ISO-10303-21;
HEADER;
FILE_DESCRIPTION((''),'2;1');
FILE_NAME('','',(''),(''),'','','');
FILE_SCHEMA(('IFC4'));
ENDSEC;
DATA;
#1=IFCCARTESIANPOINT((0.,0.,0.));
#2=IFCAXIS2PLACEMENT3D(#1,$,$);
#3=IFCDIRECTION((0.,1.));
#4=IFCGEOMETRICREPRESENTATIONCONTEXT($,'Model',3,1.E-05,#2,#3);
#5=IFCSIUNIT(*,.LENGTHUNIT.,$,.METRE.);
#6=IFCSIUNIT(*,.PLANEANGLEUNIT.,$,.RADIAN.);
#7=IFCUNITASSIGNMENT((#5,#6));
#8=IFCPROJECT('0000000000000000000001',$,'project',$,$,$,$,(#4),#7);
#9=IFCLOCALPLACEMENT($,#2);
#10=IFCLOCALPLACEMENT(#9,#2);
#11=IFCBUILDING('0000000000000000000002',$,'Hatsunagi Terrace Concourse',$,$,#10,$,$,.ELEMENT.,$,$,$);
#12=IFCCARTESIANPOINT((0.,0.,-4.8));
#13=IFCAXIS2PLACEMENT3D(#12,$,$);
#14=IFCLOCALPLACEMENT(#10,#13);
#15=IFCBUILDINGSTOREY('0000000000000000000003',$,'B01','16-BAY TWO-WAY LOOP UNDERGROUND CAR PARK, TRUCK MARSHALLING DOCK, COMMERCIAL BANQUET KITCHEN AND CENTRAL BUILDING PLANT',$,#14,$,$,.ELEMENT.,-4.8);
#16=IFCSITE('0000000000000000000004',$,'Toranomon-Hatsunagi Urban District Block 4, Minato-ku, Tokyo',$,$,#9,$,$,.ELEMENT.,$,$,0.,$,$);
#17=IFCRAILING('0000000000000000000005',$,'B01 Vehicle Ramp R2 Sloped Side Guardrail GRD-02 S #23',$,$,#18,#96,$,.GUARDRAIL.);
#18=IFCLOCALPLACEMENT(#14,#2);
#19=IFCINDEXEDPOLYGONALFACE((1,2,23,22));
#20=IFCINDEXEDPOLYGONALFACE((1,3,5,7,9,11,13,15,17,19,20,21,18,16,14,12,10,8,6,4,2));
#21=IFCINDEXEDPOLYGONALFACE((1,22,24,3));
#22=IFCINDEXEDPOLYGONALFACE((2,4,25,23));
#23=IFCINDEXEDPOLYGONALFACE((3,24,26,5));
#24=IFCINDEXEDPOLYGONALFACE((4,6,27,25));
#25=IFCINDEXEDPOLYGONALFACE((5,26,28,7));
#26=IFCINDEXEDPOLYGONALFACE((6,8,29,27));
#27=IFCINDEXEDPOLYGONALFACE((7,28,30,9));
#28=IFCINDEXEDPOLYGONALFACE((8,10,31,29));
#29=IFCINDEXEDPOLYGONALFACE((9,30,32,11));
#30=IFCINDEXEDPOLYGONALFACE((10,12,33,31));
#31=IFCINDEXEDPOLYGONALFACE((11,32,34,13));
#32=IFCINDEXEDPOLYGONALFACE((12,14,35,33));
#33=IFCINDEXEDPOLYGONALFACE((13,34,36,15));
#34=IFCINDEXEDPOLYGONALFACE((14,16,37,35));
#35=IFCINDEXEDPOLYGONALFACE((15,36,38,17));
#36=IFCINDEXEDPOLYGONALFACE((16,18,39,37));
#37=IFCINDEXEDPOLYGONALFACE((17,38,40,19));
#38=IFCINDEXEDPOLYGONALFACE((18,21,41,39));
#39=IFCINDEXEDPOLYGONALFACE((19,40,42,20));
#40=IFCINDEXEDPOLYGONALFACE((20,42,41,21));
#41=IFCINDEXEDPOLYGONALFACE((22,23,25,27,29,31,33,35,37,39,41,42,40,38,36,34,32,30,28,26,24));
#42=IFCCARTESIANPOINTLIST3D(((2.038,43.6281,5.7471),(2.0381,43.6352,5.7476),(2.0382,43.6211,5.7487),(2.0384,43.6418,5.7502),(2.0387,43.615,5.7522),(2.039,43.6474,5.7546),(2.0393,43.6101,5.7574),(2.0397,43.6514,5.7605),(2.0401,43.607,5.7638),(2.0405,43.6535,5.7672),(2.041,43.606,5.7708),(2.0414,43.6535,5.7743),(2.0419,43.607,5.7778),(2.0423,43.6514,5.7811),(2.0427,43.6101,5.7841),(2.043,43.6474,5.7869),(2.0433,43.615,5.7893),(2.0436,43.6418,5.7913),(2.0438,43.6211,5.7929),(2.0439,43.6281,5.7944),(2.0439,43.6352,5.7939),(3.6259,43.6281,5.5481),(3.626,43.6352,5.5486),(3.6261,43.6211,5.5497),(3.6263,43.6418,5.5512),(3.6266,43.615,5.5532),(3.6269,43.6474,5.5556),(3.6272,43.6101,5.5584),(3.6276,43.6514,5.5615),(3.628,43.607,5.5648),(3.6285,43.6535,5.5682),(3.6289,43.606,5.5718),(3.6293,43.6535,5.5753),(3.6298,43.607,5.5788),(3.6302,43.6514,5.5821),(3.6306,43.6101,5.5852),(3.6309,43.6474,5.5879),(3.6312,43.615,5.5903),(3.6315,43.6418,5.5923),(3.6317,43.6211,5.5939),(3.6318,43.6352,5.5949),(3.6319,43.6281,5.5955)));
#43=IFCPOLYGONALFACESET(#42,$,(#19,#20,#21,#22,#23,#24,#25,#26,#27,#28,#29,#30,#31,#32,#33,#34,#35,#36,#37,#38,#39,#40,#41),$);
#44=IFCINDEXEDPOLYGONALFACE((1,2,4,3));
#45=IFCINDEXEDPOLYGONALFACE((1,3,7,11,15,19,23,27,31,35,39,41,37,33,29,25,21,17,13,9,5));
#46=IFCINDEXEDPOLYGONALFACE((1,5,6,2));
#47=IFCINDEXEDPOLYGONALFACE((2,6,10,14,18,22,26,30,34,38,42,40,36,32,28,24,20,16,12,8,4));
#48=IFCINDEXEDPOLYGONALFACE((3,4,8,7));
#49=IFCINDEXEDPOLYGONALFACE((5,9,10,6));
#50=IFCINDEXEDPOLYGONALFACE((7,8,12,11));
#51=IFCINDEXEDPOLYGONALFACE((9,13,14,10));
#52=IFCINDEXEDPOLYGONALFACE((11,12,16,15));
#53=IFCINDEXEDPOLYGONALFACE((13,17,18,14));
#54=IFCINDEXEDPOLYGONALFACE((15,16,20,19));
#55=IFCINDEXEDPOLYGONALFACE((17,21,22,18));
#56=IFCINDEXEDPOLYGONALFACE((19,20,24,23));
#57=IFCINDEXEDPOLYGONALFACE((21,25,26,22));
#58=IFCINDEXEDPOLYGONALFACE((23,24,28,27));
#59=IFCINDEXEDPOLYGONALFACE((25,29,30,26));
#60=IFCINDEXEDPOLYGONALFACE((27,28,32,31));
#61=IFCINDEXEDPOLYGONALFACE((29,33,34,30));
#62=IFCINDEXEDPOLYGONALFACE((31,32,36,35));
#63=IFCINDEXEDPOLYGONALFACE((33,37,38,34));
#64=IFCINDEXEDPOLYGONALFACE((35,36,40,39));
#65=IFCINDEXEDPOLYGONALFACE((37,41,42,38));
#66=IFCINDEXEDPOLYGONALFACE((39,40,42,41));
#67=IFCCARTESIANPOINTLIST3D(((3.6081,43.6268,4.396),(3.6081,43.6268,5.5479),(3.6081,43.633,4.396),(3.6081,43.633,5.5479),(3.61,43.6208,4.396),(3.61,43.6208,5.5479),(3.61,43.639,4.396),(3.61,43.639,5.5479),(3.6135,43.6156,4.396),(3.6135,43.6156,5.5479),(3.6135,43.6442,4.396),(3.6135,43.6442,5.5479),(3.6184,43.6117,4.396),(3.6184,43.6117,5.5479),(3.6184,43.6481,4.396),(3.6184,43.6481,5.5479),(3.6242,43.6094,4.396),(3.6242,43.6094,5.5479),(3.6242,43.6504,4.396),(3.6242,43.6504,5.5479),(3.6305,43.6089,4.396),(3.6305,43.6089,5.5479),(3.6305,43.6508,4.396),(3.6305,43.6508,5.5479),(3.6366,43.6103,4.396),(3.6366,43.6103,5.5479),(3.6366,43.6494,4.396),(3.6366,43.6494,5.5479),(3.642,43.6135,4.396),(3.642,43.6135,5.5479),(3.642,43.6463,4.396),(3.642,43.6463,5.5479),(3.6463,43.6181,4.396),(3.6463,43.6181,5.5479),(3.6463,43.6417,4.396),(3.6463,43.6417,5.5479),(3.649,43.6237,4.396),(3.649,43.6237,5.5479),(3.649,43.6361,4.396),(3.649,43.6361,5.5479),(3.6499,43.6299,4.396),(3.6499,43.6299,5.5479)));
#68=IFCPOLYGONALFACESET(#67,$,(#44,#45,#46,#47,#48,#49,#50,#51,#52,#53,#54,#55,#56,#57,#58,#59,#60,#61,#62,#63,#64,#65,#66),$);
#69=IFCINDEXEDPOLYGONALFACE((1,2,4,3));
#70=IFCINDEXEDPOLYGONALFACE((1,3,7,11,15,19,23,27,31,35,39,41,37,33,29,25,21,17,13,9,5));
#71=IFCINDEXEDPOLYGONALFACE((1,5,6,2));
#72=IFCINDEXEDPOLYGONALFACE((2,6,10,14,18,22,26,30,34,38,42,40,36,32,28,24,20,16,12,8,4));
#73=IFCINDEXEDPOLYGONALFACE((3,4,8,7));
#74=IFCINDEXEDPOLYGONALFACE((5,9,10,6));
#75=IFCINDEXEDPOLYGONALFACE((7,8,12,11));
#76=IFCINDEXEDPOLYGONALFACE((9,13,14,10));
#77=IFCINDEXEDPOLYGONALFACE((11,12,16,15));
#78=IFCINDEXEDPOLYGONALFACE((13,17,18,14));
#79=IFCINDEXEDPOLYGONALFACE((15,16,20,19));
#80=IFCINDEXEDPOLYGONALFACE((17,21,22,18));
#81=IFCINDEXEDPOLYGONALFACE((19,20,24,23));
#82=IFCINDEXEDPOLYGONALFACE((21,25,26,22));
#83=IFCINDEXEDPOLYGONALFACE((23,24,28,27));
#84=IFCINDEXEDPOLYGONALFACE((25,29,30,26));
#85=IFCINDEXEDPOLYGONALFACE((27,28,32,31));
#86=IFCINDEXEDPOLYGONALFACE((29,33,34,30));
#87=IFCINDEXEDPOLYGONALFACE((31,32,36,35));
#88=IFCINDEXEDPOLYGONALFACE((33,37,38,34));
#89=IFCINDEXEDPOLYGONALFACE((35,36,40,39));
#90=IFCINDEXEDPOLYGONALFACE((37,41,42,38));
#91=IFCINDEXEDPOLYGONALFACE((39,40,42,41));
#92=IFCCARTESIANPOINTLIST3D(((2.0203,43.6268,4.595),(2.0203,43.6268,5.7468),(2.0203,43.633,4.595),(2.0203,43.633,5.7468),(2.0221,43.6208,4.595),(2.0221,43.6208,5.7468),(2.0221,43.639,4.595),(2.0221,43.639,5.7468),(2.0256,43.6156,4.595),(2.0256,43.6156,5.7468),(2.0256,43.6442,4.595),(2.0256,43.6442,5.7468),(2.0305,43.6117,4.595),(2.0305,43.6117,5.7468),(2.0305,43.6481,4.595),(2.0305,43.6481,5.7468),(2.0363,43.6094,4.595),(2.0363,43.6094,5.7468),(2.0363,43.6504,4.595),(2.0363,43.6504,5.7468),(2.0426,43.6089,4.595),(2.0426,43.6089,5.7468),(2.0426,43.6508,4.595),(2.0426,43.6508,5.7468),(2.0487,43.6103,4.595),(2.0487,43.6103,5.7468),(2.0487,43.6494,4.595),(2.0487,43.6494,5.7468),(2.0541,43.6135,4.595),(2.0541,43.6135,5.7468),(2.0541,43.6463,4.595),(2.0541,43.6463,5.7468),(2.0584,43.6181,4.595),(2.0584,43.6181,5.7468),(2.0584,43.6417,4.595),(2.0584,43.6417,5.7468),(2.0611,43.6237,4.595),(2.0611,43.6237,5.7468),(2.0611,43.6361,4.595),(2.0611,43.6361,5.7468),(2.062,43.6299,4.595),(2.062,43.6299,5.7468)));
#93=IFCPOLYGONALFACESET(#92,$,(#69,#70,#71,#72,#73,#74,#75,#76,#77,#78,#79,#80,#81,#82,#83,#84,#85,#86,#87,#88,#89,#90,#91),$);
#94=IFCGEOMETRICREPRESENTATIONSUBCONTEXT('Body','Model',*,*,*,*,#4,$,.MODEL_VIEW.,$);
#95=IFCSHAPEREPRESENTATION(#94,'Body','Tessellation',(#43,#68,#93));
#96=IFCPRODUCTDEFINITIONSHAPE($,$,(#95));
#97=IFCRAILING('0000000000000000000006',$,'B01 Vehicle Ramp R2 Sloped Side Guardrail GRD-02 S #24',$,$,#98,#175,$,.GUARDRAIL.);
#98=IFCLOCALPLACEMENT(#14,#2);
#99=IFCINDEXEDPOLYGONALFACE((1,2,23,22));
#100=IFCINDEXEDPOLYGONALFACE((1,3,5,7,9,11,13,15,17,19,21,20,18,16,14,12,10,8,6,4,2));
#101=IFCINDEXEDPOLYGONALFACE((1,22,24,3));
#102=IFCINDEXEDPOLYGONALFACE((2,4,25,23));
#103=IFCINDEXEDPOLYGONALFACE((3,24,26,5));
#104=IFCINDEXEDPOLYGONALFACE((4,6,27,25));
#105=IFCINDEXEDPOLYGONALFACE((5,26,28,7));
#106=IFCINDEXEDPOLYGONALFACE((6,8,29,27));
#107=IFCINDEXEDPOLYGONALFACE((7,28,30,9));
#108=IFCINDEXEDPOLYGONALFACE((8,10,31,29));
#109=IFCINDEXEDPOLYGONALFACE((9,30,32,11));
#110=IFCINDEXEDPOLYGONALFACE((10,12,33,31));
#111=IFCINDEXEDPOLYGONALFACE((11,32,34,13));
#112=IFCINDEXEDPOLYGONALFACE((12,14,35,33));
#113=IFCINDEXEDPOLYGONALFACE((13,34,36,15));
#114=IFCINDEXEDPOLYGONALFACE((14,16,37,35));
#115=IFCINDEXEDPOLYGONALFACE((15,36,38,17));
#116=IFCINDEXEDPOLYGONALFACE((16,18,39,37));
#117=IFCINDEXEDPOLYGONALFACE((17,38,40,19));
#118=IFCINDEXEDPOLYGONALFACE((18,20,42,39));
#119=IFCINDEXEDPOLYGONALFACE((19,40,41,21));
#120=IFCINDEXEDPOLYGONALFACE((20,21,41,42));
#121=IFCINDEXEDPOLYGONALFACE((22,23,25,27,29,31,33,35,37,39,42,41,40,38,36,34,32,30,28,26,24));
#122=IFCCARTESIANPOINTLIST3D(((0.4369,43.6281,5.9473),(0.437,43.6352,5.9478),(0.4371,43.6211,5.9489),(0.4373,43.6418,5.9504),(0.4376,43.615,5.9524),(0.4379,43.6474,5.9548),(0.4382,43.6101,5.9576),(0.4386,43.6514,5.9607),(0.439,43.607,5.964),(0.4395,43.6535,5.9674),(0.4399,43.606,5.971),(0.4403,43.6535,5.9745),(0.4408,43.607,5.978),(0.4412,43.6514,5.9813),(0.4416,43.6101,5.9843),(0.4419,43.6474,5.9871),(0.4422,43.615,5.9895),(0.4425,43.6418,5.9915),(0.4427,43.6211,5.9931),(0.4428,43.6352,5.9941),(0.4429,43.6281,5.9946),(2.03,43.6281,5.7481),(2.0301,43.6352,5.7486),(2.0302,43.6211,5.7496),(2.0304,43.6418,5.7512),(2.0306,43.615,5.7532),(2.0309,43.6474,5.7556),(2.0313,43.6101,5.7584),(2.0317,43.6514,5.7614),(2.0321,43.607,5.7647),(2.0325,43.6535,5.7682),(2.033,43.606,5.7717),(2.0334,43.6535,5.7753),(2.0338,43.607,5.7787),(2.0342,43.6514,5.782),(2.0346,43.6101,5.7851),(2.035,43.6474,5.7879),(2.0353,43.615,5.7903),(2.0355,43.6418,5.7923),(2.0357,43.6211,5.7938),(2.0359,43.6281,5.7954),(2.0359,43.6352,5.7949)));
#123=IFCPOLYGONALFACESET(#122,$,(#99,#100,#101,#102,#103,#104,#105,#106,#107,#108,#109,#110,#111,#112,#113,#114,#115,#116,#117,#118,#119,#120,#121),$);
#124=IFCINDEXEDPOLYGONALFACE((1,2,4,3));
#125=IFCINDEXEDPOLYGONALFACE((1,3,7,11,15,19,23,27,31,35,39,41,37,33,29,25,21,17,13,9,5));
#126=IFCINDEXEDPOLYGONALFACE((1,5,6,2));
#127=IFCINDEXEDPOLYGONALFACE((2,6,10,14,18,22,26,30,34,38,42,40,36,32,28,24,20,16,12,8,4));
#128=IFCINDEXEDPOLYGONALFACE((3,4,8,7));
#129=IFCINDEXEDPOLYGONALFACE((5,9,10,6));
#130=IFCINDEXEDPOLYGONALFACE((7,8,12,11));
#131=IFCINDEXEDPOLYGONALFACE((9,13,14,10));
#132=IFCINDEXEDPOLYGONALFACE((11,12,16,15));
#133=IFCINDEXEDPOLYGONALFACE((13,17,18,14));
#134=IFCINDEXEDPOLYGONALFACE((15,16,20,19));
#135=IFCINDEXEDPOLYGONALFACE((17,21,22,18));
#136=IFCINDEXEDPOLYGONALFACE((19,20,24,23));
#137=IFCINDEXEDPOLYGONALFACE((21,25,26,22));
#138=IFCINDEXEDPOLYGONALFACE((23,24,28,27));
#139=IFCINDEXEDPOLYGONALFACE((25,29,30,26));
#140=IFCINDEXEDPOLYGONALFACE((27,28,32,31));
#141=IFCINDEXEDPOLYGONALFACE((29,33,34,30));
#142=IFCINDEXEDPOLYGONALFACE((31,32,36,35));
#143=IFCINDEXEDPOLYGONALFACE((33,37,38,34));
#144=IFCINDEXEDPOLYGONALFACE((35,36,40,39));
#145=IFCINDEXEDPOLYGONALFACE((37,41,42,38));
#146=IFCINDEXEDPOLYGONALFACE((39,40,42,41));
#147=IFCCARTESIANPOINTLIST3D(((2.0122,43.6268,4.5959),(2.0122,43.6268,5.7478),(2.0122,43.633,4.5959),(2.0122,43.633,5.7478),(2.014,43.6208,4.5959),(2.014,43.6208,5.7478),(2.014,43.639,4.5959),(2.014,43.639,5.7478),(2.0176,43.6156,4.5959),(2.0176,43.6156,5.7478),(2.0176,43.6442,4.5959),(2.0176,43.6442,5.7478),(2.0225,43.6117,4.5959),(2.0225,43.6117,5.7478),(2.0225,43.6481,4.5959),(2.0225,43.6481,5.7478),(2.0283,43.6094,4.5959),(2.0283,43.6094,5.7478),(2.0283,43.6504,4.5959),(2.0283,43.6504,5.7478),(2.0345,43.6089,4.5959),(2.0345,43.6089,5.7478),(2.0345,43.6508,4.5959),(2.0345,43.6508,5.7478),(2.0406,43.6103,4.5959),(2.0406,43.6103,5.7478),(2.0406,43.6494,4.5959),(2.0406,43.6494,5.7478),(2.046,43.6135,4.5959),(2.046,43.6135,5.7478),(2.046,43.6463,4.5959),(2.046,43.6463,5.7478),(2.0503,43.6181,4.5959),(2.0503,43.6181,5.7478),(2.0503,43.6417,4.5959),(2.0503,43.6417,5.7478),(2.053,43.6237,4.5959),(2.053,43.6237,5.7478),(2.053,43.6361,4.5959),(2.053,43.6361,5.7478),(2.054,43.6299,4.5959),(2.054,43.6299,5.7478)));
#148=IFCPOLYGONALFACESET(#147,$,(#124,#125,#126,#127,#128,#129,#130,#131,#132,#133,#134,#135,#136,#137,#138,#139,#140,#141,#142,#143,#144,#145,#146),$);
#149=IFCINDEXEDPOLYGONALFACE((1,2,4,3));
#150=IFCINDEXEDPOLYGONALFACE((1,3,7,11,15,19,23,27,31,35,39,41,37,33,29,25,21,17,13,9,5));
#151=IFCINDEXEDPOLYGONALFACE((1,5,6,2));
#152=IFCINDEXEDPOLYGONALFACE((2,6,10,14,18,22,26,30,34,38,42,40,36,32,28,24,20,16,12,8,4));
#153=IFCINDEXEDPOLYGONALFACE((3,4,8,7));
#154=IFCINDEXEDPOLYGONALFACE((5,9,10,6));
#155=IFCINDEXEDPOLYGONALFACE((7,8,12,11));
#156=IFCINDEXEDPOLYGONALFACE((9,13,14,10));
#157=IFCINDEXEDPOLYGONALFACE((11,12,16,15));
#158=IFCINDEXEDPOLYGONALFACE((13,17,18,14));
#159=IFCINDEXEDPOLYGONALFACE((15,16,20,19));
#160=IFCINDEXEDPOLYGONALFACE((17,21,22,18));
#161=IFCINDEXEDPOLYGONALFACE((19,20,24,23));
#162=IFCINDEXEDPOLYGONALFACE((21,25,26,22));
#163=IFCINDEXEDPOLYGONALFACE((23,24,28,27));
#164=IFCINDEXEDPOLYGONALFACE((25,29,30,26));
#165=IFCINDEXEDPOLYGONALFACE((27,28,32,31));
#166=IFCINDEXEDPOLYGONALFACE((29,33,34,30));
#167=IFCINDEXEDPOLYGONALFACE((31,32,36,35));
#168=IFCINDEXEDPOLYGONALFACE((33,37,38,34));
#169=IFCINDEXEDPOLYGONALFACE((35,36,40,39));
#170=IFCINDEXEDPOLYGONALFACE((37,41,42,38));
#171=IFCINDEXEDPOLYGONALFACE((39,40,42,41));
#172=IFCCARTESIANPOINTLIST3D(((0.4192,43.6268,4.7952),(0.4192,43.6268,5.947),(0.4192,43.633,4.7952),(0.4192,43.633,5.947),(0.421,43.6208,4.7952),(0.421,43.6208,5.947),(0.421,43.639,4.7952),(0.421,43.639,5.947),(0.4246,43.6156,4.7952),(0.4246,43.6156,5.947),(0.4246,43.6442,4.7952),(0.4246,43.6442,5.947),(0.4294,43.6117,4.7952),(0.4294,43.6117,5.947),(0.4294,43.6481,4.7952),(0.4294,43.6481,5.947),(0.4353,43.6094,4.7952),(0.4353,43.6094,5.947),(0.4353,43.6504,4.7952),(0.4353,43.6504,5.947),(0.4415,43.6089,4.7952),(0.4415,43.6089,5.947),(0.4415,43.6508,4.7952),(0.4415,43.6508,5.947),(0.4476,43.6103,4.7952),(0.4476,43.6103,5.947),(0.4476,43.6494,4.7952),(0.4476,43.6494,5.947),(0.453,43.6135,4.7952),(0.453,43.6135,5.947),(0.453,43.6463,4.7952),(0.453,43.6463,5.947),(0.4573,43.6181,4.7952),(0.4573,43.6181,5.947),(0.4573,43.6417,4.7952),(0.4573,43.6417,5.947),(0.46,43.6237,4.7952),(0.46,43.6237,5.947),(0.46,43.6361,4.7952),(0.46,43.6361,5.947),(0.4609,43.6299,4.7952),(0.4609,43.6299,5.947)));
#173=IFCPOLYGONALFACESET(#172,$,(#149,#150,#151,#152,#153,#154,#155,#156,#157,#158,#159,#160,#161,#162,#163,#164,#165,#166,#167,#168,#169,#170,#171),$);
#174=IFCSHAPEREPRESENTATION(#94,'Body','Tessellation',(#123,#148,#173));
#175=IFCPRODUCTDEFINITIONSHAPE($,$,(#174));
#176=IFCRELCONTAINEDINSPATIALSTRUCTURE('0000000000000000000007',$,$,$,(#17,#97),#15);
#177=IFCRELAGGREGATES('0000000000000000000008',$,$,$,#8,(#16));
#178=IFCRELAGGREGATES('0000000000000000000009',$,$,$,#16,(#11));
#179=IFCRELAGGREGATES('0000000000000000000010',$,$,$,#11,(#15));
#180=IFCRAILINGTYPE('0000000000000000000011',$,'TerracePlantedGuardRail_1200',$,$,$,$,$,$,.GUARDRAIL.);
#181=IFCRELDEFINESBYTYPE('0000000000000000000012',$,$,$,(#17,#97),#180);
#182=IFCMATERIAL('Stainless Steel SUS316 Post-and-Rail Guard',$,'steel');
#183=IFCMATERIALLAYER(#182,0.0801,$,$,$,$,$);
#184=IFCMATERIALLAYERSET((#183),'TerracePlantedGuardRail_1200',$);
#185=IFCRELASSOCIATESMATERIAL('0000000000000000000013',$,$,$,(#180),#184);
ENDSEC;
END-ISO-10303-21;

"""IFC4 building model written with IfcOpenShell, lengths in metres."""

from ifc_helpers import new_model, si_unit, direction, frame, origin, origin_2d, place, context, subcontext, project, spatial, circle, extrude, material, layer, layer_set, type_object, element, save


model = new_model("IFC4")

# Units and contexts
model_context = context("Model", 3, precision=1e-05, world=origin(), true_north=direction((0.0, 1.0)))
body_context = subcontext(model_context, "Body", "Model", "MODEL_VIEW")
ifc_project = project(units=[si_unit("LENGTHUNIT", "METRE"), si_unit("PLANEANGLEUNIT", "RADIAN")], contexts=[model_context])

# Site, building, storey
site_placement = place(None, origin())
site = spatial("IfcSite", under=ifc_project, at=site_placement, Name="Toranomon-Hatsunagi Urban District Block 4, Minato-ku, Tokyo", CompositionType="ELEMENT", RefElevation=0.0)
building_placement = place(site_placement, origin())
building = spatial("IfcBuilding", under=site, at=building_placement, Name="Hatsunagi Terrace Concourse", CompositionType="ELEMENT")
storey_placement = place(building_placement, frame((0.0, 0.0, -4.8)))
storey = spatial("IfcBuildingStorey", under=building, at=storey_placement, Name="B01", Description="16-BAY TWO-WAY LOOP UNDERGROUND CAR PARK, TRUCK MARSHALLING DOCK, COMMERCIAL BANQUET KITCHEN AND CENTRAL BUILDING PLANT", CompositionType="ELEMENT", Elevation=-4.8)

# Railings
ifc_material_1 = material(Name="Stainless Steel SUS316 Post-and-Rail Guard", Category="steel")
ifc_layer_1 = layer(ifc_material_1, 0.0801)
ifc_layer_set_1 = layer_set([ifc_layer_1], Name="TerracePlantedGuardRail_1200")
railing_type = type_object("IfcRailingType", Name="TerracePlantedGuardRail_1200", PredefinedType="GUARDRAIL", material=ifc_layer_set_1)
railing_1_placement = place(storey_placement, frame((3.6289, 43.6299, 4.396)))
element("IfcRailing", 1, at=railing_1_placement, inside=storey, type_object=railing_type, Name="B01 Vehicle Ramp R2 Sloped Side Guardrail GRD-02 S #23", PredefinedType="GUARDRAIL", context=body_context, shape_type="SweptSolid", body=[
    extrude(circle(Radius=0.0239, at=origin_2d()), frame((0.0, 0.0, 1.1758), z_axis=(-0.99224, 0.0, 0.124335), x_axis=(0.0, -1.0, 0.0)), (0.0, 0.0, 1.0), 1.6003),
    extrude(circle(Radius=0.021, at=origin_2d()), origin(), (0.0, 0.0, 1.0), 1.1519),
    extrude(circle(Radius=0.021, at=origin_2d()), frame((-1.5879, 0.0, 0.199)), (0.0, 0.0, 1.0), 1.1519),
])
railing_2_placement = place(storey_placement, frame((2.033, 43.6299, 4.5959)))
element("IfcRailing", 2, at=railing_2_placement, inside=storey, type_object=railing_type, Name="B01 Vehicle Ramp R2 Sloped Side Guardrail GRD-02 S #24", PredefinedType="GUARDRAIL", context=body_context, shape_type="SweptSolid", body=[
    extrude(circle(Radius=0.0239, at=origin_2d()), frame((0.0, 0.0, 1.1758), z_axis=(-0.992271, 0.0, 0.124091), x_axis=(0.0, -1.0, 0.0)), (0.0, 0.0, 1.0), 1.6055),
    extrude(circle(Radius=0.021, at=origin_2d()), origin(), (0.0, 0.0, 1.0), 1.1519),
    extrude(circle(Radius=0.021, at=origin_2d()), frame((-1.593, 0.0, 0.1992)), (0.0, 0.0, 1.0), 1.1519),
])

save(model, "model.ifc")
